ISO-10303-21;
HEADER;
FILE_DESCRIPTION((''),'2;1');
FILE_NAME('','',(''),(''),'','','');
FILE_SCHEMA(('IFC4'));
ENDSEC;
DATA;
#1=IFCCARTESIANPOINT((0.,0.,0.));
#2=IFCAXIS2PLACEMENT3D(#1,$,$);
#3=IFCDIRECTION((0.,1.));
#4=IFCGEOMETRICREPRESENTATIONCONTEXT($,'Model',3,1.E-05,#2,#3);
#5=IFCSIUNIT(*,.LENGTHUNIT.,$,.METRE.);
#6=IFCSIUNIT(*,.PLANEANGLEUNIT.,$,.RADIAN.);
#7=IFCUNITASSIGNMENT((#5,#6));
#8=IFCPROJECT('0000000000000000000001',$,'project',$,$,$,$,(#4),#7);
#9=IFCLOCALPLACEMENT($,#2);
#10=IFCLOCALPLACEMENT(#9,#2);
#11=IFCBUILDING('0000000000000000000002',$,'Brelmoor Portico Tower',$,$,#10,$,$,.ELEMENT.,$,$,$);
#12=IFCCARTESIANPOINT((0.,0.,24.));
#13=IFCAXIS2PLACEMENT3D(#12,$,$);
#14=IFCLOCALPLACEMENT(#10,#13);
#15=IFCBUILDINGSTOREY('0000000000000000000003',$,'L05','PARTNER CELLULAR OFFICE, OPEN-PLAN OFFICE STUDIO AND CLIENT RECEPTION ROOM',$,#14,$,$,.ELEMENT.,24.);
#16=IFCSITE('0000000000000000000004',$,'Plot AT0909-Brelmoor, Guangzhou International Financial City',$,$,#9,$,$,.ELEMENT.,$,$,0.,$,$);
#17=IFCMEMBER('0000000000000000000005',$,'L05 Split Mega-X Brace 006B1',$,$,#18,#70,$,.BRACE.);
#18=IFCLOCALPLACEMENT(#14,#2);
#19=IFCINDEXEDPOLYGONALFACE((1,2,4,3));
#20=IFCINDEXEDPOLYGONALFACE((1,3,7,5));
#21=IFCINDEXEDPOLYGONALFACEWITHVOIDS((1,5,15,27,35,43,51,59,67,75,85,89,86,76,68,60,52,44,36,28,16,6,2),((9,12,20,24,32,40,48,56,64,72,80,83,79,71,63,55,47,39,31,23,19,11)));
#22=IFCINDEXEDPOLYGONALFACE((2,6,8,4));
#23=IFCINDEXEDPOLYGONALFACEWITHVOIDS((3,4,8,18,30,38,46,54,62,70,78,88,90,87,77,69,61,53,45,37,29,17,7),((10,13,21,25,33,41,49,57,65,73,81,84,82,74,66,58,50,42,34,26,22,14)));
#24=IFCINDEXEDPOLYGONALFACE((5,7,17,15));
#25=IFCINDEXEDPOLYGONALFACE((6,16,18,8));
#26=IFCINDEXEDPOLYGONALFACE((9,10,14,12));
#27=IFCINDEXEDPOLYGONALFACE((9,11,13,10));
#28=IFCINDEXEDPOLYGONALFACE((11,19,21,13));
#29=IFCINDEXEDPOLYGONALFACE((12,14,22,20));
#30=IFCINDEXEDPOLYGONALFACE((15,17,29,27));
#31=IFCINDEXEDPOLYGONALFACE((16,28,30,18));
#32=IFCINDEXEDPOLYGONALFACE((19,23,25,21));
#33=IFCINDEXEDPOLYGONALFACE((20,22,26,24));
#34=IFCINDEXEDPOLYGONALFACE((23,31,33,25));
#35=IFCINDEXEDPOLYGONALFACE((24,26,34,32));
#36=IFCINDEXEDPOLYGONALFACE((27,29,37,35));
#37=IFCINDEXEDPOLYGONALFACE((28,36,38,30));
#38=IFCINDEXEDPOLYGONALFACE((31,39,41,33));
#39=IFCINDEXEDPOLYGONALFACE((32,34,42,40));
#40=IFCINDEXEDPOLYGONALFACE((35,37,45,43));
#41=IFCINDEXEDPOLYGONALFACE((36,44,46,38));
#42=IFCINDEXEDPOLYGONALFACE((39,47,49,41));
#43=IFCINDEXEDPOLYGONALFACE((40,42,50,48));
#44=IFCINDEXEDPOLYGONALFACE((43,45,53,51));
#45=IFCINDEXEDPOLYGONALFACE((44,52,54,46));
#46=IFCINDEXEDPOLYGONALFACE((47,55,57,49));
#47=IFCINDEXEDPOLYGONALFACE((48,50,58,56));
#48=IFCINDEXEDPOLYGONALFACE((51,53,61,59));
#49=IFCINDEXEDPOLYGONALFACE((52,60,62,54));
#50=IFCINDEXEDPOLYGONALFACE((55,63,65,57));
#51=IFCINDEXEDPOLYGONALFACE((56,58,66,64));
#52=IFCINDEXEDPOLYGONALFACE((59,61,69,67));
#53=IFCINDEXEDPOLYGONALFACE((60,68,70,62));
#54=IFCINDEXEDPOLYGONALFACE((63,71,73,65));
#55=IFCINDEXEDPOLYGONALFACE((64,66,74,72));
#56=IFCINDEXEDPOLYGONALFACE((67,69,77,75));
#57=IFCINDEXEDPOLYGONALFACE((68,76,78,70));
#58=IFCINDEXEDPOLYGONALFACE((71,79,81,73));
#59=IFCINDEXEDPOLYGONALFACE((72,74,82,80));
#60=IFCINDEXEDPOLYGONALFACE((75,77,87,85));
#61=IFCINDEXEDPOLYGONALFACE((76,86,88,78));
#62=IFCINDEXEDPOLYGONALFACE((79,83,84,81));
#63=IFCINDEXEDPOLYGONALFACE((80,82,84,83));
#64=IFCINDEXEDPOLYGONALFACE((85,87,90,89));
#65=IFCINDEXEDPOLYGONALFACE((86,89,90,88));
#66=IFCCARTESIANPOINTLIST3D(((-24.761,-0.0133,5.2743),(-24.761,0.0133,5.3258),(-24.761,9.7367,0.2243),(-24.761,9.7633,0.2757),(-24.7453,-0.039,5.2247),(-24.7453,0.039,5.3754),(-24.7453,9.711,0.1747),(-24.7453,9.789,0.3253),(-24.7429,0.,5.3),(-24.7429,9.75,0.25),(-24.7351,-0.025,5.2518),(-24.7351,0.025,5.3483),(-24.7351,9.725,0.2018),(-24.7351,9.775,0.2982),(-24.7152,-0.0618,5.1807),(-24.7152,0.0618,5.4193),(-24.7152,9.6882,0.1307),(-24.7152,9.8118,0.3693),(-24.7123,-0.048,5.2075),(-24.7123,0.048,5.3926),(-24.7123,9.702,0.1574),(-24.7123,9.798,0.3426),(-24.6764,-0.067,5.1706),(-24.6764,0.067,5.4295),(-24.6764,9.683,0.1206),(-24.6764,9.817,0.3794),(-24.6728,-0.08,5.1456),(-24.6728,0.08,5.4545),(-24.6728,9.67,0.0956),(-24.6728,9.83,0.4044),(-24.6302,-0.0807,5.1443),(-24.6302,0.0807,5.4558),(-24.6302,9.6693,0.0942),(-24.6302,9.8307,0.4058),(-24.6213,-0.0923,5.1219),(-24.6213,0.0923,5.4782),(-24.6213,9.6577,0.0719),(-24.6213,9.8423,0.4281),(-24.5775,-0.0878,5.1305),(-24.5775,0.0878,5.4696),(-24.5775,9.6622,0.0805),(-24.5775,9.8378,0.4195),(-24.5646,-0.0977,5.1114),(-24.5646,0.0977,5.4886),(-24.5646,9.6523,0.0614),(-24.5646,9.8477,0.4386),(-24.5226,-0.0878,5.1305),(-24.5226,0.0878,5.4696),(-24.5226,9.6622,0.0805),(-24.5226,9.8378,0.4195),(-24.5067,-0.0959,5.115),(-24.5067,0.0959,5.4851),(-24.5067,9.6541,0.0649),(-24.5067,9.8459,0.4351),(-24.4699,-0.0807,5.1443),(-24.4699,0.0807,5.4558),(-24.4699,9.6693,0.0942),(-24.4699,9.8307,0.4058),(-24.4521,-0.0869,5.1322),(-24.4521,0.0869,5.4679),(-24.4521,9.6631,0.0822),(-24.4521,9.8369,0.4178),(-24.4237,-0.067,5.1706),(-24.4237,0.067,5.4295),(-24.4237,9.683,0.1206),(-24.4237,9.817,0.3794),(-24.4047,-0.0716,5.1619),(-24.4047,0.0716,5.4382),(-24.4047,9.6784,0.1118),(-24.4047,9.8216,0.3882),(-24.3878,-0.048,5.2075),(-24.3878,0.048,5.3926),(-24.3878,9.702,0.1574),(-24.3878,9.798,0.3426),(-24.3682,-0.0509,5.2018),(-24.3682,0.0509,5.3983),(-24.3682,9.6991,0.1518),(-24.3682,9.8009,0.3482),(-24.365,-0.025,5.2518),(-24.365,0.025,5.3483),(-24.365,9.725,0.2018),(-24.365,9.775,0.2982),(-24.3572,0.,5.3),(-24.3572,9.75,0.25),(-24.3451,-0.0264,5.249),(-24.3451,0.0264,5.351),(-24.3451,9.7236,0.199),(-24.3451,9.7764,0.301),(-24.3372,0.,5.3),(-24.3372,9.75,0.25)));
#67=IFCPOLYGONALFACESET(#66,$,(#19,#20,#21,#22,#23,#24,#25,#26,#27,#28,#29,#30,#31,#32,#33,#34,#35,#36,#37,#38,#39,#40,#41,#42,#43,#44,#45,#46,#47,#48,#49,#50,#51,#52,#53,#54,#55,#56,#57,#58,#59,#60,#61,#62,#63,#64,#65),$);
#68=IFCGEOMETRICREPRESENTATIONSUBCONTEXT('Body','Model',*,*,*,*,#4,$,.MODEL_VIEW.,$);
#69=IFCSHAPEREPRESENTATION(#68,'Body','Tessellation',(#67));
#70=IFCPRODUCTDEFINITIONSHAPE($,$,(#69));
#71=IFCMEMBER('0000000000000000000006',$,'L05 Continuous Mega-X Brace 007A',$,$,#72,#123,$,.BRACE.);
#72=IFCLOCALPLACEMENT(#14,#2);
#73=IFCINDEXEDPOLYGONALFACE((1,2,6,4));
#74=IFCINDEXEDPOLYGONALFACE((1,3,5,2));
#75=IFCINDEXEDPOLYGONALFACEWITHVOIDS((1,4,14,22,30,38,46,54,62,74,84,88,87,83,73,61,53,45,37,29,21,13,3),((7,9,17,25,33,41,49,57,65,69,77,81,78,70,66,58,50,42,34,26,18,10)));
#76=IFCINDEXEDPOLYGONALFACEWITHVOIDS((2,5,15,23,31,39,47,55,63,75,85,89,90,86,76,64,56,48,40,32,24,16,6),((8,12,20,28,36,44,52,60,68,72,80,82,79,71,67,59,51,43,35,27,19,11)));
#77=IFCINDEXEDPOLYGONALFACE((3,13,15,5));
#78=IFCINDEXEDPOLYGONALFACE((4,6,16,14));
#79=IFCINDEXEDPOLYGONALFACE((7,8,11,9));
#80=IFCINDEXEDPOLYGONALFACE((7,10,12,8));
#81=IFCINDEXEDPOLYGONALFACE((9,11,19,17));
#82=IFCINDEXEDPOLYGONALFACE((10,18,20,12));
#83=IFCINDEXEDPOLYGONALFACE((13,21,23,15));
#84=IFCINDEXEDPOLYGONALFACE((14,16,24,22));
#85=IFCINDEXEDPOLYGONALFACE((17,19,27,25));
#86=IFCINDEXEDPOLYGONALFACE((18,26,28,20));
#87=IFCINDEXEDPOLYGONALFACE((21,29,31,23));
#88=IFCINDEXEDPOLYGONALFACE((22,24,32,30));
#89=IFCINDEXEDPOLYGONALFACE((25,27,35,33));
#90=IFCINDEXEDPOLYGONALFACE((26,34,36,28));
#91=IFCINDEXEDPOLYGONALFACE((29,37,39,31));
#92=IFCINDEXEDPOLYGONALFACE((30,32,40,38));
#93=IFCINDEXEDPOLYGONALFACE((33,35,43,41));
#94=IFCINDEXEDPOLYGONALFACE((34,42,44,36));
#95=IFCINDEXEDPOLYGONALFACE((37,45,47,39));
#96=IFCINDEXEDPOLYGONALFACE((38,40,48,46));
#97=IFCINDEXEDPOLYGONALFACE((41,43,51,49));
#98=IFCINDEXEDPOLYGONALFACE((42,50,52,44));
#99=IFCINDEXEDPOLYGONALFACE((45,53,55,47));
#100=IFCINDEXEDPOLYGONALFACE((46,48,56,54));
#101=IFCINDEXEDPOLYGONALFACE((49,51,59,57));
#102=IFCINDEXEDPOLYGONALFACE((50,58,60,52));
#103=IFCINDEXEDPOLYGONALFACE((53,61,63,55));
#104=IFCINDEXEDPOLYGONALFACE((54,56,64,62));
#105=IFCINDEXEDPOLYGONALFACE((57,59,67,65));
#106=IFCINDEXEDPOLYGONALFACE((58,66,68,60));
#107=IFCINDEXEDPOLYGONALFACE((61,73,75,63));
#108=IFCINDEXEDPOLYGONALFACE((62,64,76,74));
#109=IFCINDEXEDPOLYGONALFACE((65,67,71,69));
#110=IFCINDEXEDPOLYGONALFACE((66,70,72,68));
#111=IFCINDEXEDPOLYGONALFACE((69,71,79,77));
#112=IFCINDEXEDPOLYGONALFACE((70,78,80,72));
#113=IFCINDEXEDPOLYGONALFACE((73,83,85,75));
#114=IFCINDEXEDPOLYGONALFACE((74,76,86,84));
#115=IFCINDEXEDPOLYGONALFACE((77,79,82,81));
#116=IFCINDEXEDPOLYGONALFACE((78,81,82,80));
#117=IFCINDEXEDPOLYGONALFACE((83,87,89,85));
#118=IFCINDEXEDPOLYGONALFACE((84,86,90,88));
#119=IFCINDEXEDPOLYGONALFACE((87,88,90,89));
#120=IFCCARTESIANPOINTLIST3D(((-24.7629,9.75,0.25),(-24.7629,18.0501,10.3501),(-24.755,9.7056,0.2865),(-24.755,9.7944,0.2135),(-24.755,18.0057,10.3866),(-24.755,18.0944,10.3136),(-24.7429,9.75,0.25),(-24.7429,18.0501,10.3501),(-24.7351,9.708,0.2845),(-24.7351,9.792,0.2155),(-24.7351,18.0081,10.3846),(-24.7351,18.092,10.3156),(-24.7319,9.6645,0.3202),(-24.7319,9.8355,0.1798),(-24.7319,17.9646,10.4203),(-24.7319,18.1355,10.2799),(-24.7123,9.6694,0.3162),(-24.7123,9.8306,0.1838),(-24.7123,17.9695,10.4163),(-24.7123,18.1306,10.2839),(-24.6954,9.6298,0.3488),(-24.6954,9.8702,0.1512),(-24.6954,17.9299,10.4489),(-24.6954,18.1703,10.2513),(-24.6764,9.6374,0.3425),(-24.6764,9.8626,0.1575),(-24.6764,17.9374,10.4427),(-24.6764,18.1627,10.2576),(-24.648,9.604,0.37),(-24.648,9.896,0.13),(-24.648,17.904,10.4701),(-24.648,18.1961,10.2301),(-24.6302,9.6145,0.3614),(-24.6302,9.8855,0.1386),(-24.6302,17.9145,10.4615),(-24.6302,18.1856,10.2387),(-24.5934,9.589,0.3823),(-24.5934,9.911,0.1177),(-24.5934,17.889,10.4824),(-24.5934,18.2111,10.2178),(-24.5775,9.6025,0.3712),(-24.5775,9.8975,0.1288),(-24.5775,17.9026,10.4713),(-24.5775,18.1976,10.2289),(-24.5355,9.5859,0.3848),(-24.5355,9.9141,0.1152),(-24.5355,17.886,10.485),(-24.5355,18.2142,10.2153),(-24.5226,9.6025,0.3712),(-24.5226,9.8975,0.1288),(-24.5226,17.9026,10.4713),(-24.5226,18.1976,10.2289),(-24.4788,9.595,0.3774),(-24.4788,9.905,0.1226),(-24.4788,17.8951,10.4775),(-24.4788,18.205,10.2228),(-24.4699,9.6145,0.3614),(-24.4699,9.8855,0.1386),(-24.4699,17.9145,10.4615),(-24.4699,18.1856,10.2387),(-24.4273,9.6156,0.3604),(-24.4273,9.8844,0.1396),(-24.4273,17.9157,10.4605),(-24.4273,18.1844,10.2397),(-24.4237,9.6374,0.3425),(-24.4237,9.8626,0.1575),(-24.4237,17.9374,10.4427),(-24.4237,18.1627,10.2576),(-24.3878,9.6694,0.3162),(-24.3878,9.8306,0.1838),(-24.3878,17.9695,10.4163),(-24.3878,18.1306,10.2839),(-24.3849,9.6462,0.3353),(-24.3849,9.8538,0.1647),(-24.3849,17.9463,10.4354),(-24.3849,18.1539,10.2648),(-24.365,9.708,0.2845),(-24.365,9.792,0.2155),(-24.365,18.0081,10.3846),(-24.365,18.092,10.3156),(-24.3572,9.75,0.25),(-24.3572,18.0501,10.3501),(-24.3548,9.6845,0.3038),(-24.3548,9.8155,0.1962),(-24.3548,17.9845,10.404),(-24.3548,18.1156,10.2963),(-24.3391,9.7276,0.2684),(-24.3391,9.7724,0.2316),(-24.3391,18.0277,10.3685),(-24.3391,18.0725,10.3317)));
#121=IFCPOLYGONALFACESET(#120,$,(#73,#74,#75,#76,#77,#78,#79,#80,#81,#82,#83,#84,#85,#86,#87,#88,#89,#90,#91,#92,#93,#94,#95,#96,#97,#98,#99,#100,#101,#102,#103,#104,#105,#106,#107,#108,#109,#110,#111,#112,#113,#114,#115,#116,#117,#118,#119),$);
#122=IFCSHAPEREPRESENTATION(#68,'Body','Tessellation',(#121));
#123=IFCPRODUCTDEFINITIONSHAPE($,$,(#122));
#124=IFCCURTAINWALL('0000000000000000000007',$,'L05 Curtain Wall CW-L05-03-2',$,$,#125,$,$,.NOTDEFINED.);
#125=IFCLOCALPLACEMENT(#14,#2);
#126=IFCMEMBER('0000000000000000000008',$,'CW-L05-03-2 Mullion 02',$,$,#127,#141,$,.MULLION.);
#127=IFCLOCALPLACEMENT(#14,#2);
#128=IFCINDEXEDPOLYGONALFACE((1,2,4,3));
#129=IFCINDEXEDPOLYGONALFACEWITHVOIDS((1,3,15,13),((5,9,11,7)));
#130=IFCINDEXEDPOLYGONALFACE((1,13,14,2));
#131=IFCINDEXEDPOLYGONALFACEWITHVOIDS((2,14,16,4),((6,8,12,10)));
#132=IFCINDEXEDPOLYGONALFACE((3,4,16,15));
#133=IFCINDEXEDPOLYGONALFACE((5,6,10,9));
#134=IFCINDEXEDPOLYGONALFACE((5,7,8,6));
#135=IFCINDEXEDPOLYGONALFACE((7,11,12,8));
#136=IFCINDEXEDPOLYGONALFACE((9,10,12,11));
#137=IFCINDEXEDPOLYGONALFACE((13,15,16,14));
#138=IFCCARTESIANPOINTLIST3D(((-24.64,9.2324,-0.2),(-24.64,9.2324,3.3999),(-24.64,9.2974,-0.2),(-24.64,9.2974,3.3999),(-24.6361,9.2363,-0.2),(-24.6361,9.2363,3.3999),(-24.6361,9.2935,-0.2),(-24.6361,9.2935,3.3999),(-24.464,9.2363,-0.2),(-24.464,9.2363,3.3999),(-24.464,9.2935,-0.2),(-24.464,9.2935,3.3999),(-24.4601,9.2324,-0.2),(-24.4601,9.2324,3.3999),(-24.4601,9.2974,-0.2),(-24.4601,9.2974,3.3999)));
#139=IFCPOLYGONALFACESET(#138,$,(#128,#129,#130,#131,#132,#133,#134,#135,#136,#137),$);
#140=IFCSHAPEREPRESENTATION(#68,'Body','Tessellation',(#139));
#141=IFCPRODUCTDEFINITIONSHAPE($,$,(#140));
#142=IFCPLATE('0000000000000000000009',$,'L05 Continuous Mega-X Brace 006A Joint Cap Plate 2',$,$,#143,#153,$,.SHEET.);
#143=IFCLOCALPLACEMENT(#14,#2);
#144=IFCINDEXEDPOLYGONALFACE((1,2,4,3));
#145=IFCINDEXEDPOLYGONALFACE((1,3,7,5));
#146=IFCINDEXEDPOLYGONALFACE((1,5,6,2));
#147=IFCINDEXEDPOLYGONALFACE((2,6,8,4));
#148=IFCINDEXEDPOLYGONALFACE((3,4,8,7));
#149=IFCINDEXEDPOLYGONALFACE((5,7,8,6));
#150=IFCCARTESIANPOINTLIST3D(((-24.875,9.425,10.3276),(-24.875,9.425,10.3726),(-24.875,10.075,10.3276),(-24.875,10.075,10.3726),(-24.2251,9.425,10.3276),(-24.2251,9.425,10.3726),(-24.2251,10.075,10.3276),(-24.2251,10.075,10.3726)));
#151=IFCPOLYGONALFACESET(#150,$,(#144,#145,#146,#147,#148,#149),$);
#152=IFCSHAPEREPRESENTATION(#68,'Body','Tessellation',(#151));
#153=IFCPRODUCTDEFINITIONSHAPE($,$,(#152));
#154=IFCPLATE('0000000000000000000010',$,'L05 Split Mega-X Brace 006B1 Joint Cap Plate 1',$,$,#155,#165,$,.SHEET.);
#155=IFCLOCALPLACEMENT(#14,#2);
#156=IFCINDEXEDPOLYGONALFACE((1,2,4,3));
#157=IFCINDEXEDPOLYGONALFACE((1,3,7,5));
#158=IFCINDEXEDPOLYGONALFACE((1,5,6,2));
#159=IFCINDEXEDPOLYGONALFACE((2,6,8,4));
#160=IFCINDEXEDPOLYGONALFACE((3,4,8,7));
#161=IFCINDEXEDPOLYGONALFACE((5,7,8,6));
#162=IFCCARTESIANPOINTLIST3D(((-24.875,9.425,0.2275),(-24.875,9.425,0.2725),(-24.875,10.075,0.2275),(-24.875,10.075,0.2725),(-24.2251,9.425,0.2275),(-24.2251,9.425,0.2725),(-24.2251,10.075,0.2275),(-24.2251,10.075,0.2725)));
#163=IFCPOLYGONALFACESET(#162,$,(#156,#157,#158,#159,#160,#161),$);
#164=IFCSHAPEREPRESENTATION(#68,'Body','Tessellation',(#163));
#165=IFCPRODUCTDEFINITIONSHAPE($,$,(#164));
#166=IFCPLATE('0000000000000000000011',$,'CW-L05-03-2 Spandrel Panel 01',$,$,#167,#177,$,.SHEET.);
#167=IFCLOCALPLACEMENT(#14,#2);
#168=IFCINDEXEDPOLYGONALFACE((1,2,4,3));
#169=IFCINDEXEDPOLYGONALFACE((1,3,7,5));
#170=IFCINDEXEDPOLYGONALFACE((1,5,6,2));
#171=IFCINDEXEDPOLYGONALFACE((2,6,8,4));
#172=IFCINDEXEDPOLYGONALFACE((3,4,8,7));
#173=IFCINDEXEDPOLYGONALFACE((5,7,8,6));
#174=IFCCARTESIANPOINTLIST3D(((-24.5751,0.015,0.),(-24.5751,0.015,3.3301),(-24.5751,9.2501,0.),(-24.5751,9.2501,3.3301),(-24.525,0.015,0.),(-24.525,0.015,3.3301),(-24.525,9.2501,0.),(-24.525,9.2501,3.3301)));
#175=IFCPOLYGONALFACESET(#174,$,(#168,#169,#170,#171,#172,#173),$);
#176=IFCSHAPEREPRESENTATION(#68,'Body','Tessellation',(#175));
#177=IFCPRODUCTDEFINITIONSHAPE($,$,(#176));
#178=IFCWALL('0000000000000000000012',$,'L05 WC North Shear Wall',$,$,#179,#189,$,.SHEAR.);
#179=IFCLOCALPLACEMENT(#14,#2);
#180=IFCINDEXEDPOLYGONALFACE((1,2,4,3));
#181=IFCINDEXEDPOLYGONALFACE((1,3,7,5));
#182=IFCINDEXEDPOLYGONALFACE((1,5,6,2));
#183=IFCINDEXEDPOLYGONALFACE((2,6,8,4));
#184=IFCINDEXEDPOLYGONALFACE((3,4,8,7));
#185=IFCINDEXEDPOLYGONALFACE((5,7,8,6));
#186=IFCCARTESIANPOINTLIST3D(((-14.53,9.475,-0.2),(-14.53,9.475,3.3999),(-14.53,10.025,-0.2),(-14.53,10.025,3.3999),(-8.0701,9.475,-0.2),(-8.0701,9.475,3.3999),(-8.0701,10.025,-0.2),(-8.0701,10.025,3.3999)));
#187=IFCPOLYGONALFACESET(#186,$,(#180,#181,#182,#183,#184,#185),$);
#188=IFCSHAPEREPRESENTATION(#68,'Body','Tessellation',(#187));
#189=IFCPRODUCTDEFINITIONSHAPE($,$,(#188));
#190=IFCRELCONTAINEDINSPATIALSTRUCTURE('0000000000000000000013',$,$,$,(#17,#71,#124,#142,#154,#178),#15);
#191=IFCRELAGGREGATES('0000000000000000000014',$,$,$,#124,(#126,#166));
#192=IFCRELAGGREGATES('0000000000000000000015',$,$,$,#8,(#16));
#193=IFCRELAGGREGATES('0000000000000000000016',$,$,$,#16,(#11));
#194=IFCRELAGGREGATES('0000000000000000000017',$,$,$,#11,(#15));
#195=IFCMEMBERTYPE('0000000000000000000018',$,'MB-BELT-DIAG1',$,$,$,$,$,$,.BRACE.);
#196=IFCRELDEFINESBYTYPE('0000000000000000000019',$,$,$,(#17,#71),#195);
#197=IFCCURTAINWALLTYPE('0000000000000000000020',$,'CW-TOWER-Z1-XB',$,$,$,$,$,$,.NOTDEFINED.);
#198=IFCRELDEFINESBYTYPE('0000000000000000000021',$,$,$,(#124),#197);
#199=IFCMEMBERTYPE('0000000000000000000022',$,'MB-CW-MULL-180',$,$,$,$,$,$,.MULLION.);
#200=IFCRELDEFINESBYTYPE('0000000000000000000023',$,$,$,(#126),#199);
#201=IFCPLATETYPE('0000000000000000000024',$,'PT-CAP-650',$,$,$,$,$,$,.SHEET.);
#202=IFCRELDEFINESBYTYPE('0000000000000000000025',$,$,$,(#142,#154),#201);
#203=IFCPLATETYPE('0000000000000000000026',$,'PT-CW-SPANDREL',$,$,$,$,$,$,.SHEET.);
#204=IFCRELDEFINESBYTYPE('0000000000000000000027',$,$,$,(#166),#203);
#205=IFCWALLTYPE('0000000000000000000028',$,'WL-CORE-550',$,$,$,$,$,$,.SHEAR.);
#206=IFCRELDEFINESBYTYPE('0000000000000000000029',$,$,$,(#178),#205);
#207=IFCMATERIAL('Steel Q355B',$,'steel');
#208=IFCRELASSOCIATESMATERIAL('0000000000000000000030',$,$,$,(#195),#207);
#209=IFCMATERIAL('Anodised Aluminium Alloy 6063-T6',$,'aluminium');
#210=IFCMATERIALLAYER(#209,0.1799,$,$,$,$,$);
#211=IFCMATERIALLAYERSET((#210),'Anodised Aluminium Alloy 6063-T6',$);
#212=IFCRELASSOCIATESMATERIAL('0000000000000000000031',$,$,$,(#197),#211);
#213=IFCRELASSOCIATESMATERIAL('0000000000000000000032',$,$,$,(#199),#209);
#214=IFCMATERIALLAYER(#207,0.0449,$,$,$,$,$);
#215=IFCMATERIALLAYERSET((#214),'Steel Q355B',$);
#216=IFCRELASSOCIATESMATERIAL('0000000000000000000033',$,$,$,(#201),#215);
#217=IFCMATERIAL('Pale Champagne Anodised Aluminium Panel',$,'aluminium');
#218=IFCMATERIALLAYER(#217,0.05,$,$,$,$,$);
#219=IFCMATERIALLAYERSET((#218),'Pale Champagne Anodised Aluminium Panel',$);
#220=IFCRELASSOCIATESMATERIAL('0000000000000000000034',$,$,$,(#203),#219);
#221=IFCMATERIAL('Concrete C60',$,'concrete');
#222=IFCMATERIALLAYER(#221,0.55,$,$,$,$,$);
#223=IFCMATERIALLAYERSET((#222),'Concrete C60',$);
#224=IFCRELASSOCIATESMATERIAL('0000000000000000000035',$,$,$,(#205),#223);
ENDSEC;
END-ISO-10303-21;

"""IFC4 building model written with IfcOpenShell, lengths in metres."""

from ifc_helpers import new_model, si_unit, direction, frame, frame_2d, origin, origin_2d, place, context, subcontext, project, spatial, rectangle, hollow_rectangle, hollow_circle, extrude, material, layer, layer_set, material_profile, profile_set, type_object, element, aggregate, save


model = new_model("IFC4")

# Units and contexts
model_context = context("Model", 3, precision=1e-05, world=origin(), true_north=direction((0.0, 1.0)))
body_context = subcontext(model_context, "Body", "Model", "MODEL_VIEW")
ifc_project = project(units=[si_unit("LENGTHUNIT", "METRE"), si_unit("PLANEANGLEUNIT", "RADIAN")], contexts=[model_context])

# Site, building, storey
site_placement = place(None, origin())
site = spatial("IfcSite", under=ifc_project, at=site_placement, Name="Plot AT0909-Brelmoor, Guangzhou International Financial City", CompositionType="ELEMENT", RefElevation=0.0)
building_placement = place(site_placement, origin())
building = spatial("IfcBuilding", under=site, at=building_placement, Name="Brelmoor Portico Tower", CompositionType="ELEMENT")
storey_placement = place(building_placement, frame((0.0, 0.0, 24.0)))
storey = spatial("IfcBuildingStorey", under=building, at=storey_placement, Name="L05", Description="PARTNER CELLULAR OFFICE, OPEN-PLAN OFFICE STUDIO AND CLIENT RECEPTION ROOM", CompositionType="ELEMENT", Elevation=24.0)

# Shared definitions
ifc_material_1 = material(Name="Steel Q355B", Category="steel")

# Members
ifc_material_profile_1 = material_profile(ifc_material_1, hollow_circle(Radius=0.2129, WallThickness=0.02, at=origin_2d()), Name="CHS 426x20")
ifc_profile_set_1 = profile_set([ifc_material_profile_1], Name="Steel Q355B")
member_type_1 = type_object("IfcMemberType", Name="MB-BELT-DIAG1", PredefinedType="BRACE", material=ifc_profile_set_1)
member_1_placement = place(storey_placement, frame((-24.55, 9.75, 0.25), z_axis=(0.0, -0.887959, 0.459922), x_axis=(1.0, 0.0, 0.0)))
element("IfcMember", 1, at=member_1_placement, inside=storey, type_object=member_type_1, Name="L05 Split Mega-X Brace 006B1", PredefinedType="BRACE", context=body_context, shape_type="SweptSolid", body=[
    extrude(hollow_circle(Radius=0.2129, WallThickness=0.02, at=origin_2d()), origin(), (0.0, 0.0, 1.0), 10.9802),
])
member_2_placement = place(storey_placement, frame((-24.55, 9.75, 0.25), z_axis=(0.0, 0.634901, 0.772593), x_axis=(-1.0, 0.0, 0.0)))
element("IfcMember", 2, at=member_2_placement, inside=storey, type_object=member_type_1, Name="L05 Continuous Mega-X Brace 007A", PredefinedType="BRACE", context=body_context, shape_type="SweptSolid", body=[
    extrude(hollow_circle(Radius=0.2129, WallThickness=0.02, at=origin_2d()), origin(), (0.0, 0.0, 1.0), 13.073),
])

# Curtain wall, member
ifc_material_2 = material(Name="Anodised Aluminium Alloy 6063-T6", Category="aluminium")
ifc_layer_1 = layer(ifc_material_2, 0.1799)
ifc_layer_set_1 = layer_set([ifc_layer_1], Name="Anodised Aluminium Alloy 6063-T6")
curtain_wall_type = type_object("IfcCurtainWallType", Name="CW-TOWER-Z1-XB", PredefinedType="NOTDEFINED", material=ifc_layer_set_1)
curtain_wall_placement = place(storey_placement, origin())
curtain_wall = element("IfcCurtainWall", 3, at=curtain_wall_placement, inside=storey, type_object=curtain_wall_type, Name="L05 Curtain Wall CW-L05-03-2", PredefinedType="NOTDEFINED")
ifc_material_profile_2 = material_profile(ifc_material_2, hollow_rectangle(XDim=0.0649, YDim=0.1799, WallThickness=0.0039, at=origin_2d()), Name="ALU MULLION 65x180")
ifc_profile_set_2 = profile_set([ifc_material_profile_2], Name="Anodised Aluminium Alloy 6063-T6")
member_type_2 = type_object("IfcMemberType", Name="MB-CW-MULL-180", PredefinedType="MULLION", material=ifc_profile_set_2)
member_3_placement = place(storey_placement, frame((-24.55, 9.2649, -0.2), z_axis=(0.0, 0.0, 1.0), x_axis=(0.0, 1.0, 0.0)))
member_3 = element("IfcMember", 4, at=member_3_placement, type_object=member_type_2, Name="CW-L05-03-2 Mullion 02", PredefinedType="MULLION", context=body_context, shape_type="SweptSolid", body=[
    extrude(hollow_rectangle(XDim=0.0649, YDim=0.1799, WallThickness=0.0039, at=origin_2d()), origin(), (0.0, 0.0, 1.0), 3.5999),
])

# Plates
ifc_layer_2 = layer(ifc_material_1, 0.0449)
ifc_layer_set_2 = layer_set([ifc_layer_2], Name="Steel Q355B")
plate_type_1 = type_object("IfcPlateType", Name="PT-CAP-650", PredefinedType="SHEET", material=ifc_layer_set_2)
for number, where, z_axis, x_axis, name in (
    (5, (-24.55, 9.75, 10.3276), (0.0, 0.0, 1.0), (1.0, 0.0, 0.0), "L05 Continuous Mega-X Brace 006A Joint Cap Plate 2"),
    (6, (-24.55, 9.75, 0.2275), (0.0, 0.0, 1.0), (1.0, 0.0, 0.0), "L05 Split Mega-X Brace 006B1 Joint Cap Plate 1"),
):
    element("IfcPlate", number, at=place(storey_placement, frame(where, z_axis=z_axis, x_axis=x_axis)), inside=storey, type_object=plate_type_1, Name=name, PredefinedType="SHEET", context=body_context, shape_type="SweptSolid", body=[
        extrude(rectangle(XDim=0.6499, YDim=0.6499, at=origin_2d()), origin(), (0.0, 0.0, 1.0), 0.0449),
    ])

# Plate
ifc_material_3 = material(Name="Pale Champagne Anodised Aluminium Panel", Category="aluminium")
ifc_layer_3 = layer(ifc_material_3, 0.05)
ifc_layer_set_3 = layer_set([ifc_layer_3], Name="Pale Champagne Anodised Aluminium Panel")
plate_type_2 = type_object("IfcPlateType", Name="PT-CW-SPANDREL", PredefinedType="SHEET", material=ifc_layer_set_3)
plate_placement = place(storey_placement, frame((-24.55, 4.6326, 0.0), z_axis=(0.0, 0.0, 1.0), x_axis=(0.0, 1.0, 0.0)))
plate = element("IfcPlate", 7, at=plate_placement, type_object=plate_type_2, Name="CW-L05-03-2 Spandrel Panel 01", PredefinedType="SHEET", context=body_context, shape_type="SweptSolid", body=[
    extrude(rectangle(XDim=9.2351, YDim=0.05, at=origin_2d()), origin(), (0.0, 0.0, 1.0), 3.3301),
])
aggregate(curtain_wall, [member_3, plate])

# Wall
ifc_material_4 = material(Name="Concrete C60", Category="concrete")
ifc_layer_4 = layer(ifc_material_4, 0.55)
ifc_layer_set_4 = layer_set([ifc_layer_4], Name="Concrete C60")
wall_type_1 = type_object("IfcWallType", Name="WL-CORE-550", PredefinedType="SHEAR", material=ifc_layer_set_4)
wall_1_placement = place(storey_placement, frame((-14.53, 9.75, -0.2), z_axis=(0.0, 0.0, 1.0), x_axis=(1.0, 0.0, 0.0)))
element("IfcWall", 8, at=wall_1_placement, inside=storey, type_object=wall_type_1, Name="L05 WC North Shear Wall", PredefinedType="SHEAR", context=body_context, shape_type="SweptSolid", body=[
    extrude(rectangle(XDim=6.46, YDim=0.55, at=frame_2d((3.23, 0.0))), origin(), (0.0, 0.0, 1.0), 3.5999),
])

save(model, "model.ifc")
